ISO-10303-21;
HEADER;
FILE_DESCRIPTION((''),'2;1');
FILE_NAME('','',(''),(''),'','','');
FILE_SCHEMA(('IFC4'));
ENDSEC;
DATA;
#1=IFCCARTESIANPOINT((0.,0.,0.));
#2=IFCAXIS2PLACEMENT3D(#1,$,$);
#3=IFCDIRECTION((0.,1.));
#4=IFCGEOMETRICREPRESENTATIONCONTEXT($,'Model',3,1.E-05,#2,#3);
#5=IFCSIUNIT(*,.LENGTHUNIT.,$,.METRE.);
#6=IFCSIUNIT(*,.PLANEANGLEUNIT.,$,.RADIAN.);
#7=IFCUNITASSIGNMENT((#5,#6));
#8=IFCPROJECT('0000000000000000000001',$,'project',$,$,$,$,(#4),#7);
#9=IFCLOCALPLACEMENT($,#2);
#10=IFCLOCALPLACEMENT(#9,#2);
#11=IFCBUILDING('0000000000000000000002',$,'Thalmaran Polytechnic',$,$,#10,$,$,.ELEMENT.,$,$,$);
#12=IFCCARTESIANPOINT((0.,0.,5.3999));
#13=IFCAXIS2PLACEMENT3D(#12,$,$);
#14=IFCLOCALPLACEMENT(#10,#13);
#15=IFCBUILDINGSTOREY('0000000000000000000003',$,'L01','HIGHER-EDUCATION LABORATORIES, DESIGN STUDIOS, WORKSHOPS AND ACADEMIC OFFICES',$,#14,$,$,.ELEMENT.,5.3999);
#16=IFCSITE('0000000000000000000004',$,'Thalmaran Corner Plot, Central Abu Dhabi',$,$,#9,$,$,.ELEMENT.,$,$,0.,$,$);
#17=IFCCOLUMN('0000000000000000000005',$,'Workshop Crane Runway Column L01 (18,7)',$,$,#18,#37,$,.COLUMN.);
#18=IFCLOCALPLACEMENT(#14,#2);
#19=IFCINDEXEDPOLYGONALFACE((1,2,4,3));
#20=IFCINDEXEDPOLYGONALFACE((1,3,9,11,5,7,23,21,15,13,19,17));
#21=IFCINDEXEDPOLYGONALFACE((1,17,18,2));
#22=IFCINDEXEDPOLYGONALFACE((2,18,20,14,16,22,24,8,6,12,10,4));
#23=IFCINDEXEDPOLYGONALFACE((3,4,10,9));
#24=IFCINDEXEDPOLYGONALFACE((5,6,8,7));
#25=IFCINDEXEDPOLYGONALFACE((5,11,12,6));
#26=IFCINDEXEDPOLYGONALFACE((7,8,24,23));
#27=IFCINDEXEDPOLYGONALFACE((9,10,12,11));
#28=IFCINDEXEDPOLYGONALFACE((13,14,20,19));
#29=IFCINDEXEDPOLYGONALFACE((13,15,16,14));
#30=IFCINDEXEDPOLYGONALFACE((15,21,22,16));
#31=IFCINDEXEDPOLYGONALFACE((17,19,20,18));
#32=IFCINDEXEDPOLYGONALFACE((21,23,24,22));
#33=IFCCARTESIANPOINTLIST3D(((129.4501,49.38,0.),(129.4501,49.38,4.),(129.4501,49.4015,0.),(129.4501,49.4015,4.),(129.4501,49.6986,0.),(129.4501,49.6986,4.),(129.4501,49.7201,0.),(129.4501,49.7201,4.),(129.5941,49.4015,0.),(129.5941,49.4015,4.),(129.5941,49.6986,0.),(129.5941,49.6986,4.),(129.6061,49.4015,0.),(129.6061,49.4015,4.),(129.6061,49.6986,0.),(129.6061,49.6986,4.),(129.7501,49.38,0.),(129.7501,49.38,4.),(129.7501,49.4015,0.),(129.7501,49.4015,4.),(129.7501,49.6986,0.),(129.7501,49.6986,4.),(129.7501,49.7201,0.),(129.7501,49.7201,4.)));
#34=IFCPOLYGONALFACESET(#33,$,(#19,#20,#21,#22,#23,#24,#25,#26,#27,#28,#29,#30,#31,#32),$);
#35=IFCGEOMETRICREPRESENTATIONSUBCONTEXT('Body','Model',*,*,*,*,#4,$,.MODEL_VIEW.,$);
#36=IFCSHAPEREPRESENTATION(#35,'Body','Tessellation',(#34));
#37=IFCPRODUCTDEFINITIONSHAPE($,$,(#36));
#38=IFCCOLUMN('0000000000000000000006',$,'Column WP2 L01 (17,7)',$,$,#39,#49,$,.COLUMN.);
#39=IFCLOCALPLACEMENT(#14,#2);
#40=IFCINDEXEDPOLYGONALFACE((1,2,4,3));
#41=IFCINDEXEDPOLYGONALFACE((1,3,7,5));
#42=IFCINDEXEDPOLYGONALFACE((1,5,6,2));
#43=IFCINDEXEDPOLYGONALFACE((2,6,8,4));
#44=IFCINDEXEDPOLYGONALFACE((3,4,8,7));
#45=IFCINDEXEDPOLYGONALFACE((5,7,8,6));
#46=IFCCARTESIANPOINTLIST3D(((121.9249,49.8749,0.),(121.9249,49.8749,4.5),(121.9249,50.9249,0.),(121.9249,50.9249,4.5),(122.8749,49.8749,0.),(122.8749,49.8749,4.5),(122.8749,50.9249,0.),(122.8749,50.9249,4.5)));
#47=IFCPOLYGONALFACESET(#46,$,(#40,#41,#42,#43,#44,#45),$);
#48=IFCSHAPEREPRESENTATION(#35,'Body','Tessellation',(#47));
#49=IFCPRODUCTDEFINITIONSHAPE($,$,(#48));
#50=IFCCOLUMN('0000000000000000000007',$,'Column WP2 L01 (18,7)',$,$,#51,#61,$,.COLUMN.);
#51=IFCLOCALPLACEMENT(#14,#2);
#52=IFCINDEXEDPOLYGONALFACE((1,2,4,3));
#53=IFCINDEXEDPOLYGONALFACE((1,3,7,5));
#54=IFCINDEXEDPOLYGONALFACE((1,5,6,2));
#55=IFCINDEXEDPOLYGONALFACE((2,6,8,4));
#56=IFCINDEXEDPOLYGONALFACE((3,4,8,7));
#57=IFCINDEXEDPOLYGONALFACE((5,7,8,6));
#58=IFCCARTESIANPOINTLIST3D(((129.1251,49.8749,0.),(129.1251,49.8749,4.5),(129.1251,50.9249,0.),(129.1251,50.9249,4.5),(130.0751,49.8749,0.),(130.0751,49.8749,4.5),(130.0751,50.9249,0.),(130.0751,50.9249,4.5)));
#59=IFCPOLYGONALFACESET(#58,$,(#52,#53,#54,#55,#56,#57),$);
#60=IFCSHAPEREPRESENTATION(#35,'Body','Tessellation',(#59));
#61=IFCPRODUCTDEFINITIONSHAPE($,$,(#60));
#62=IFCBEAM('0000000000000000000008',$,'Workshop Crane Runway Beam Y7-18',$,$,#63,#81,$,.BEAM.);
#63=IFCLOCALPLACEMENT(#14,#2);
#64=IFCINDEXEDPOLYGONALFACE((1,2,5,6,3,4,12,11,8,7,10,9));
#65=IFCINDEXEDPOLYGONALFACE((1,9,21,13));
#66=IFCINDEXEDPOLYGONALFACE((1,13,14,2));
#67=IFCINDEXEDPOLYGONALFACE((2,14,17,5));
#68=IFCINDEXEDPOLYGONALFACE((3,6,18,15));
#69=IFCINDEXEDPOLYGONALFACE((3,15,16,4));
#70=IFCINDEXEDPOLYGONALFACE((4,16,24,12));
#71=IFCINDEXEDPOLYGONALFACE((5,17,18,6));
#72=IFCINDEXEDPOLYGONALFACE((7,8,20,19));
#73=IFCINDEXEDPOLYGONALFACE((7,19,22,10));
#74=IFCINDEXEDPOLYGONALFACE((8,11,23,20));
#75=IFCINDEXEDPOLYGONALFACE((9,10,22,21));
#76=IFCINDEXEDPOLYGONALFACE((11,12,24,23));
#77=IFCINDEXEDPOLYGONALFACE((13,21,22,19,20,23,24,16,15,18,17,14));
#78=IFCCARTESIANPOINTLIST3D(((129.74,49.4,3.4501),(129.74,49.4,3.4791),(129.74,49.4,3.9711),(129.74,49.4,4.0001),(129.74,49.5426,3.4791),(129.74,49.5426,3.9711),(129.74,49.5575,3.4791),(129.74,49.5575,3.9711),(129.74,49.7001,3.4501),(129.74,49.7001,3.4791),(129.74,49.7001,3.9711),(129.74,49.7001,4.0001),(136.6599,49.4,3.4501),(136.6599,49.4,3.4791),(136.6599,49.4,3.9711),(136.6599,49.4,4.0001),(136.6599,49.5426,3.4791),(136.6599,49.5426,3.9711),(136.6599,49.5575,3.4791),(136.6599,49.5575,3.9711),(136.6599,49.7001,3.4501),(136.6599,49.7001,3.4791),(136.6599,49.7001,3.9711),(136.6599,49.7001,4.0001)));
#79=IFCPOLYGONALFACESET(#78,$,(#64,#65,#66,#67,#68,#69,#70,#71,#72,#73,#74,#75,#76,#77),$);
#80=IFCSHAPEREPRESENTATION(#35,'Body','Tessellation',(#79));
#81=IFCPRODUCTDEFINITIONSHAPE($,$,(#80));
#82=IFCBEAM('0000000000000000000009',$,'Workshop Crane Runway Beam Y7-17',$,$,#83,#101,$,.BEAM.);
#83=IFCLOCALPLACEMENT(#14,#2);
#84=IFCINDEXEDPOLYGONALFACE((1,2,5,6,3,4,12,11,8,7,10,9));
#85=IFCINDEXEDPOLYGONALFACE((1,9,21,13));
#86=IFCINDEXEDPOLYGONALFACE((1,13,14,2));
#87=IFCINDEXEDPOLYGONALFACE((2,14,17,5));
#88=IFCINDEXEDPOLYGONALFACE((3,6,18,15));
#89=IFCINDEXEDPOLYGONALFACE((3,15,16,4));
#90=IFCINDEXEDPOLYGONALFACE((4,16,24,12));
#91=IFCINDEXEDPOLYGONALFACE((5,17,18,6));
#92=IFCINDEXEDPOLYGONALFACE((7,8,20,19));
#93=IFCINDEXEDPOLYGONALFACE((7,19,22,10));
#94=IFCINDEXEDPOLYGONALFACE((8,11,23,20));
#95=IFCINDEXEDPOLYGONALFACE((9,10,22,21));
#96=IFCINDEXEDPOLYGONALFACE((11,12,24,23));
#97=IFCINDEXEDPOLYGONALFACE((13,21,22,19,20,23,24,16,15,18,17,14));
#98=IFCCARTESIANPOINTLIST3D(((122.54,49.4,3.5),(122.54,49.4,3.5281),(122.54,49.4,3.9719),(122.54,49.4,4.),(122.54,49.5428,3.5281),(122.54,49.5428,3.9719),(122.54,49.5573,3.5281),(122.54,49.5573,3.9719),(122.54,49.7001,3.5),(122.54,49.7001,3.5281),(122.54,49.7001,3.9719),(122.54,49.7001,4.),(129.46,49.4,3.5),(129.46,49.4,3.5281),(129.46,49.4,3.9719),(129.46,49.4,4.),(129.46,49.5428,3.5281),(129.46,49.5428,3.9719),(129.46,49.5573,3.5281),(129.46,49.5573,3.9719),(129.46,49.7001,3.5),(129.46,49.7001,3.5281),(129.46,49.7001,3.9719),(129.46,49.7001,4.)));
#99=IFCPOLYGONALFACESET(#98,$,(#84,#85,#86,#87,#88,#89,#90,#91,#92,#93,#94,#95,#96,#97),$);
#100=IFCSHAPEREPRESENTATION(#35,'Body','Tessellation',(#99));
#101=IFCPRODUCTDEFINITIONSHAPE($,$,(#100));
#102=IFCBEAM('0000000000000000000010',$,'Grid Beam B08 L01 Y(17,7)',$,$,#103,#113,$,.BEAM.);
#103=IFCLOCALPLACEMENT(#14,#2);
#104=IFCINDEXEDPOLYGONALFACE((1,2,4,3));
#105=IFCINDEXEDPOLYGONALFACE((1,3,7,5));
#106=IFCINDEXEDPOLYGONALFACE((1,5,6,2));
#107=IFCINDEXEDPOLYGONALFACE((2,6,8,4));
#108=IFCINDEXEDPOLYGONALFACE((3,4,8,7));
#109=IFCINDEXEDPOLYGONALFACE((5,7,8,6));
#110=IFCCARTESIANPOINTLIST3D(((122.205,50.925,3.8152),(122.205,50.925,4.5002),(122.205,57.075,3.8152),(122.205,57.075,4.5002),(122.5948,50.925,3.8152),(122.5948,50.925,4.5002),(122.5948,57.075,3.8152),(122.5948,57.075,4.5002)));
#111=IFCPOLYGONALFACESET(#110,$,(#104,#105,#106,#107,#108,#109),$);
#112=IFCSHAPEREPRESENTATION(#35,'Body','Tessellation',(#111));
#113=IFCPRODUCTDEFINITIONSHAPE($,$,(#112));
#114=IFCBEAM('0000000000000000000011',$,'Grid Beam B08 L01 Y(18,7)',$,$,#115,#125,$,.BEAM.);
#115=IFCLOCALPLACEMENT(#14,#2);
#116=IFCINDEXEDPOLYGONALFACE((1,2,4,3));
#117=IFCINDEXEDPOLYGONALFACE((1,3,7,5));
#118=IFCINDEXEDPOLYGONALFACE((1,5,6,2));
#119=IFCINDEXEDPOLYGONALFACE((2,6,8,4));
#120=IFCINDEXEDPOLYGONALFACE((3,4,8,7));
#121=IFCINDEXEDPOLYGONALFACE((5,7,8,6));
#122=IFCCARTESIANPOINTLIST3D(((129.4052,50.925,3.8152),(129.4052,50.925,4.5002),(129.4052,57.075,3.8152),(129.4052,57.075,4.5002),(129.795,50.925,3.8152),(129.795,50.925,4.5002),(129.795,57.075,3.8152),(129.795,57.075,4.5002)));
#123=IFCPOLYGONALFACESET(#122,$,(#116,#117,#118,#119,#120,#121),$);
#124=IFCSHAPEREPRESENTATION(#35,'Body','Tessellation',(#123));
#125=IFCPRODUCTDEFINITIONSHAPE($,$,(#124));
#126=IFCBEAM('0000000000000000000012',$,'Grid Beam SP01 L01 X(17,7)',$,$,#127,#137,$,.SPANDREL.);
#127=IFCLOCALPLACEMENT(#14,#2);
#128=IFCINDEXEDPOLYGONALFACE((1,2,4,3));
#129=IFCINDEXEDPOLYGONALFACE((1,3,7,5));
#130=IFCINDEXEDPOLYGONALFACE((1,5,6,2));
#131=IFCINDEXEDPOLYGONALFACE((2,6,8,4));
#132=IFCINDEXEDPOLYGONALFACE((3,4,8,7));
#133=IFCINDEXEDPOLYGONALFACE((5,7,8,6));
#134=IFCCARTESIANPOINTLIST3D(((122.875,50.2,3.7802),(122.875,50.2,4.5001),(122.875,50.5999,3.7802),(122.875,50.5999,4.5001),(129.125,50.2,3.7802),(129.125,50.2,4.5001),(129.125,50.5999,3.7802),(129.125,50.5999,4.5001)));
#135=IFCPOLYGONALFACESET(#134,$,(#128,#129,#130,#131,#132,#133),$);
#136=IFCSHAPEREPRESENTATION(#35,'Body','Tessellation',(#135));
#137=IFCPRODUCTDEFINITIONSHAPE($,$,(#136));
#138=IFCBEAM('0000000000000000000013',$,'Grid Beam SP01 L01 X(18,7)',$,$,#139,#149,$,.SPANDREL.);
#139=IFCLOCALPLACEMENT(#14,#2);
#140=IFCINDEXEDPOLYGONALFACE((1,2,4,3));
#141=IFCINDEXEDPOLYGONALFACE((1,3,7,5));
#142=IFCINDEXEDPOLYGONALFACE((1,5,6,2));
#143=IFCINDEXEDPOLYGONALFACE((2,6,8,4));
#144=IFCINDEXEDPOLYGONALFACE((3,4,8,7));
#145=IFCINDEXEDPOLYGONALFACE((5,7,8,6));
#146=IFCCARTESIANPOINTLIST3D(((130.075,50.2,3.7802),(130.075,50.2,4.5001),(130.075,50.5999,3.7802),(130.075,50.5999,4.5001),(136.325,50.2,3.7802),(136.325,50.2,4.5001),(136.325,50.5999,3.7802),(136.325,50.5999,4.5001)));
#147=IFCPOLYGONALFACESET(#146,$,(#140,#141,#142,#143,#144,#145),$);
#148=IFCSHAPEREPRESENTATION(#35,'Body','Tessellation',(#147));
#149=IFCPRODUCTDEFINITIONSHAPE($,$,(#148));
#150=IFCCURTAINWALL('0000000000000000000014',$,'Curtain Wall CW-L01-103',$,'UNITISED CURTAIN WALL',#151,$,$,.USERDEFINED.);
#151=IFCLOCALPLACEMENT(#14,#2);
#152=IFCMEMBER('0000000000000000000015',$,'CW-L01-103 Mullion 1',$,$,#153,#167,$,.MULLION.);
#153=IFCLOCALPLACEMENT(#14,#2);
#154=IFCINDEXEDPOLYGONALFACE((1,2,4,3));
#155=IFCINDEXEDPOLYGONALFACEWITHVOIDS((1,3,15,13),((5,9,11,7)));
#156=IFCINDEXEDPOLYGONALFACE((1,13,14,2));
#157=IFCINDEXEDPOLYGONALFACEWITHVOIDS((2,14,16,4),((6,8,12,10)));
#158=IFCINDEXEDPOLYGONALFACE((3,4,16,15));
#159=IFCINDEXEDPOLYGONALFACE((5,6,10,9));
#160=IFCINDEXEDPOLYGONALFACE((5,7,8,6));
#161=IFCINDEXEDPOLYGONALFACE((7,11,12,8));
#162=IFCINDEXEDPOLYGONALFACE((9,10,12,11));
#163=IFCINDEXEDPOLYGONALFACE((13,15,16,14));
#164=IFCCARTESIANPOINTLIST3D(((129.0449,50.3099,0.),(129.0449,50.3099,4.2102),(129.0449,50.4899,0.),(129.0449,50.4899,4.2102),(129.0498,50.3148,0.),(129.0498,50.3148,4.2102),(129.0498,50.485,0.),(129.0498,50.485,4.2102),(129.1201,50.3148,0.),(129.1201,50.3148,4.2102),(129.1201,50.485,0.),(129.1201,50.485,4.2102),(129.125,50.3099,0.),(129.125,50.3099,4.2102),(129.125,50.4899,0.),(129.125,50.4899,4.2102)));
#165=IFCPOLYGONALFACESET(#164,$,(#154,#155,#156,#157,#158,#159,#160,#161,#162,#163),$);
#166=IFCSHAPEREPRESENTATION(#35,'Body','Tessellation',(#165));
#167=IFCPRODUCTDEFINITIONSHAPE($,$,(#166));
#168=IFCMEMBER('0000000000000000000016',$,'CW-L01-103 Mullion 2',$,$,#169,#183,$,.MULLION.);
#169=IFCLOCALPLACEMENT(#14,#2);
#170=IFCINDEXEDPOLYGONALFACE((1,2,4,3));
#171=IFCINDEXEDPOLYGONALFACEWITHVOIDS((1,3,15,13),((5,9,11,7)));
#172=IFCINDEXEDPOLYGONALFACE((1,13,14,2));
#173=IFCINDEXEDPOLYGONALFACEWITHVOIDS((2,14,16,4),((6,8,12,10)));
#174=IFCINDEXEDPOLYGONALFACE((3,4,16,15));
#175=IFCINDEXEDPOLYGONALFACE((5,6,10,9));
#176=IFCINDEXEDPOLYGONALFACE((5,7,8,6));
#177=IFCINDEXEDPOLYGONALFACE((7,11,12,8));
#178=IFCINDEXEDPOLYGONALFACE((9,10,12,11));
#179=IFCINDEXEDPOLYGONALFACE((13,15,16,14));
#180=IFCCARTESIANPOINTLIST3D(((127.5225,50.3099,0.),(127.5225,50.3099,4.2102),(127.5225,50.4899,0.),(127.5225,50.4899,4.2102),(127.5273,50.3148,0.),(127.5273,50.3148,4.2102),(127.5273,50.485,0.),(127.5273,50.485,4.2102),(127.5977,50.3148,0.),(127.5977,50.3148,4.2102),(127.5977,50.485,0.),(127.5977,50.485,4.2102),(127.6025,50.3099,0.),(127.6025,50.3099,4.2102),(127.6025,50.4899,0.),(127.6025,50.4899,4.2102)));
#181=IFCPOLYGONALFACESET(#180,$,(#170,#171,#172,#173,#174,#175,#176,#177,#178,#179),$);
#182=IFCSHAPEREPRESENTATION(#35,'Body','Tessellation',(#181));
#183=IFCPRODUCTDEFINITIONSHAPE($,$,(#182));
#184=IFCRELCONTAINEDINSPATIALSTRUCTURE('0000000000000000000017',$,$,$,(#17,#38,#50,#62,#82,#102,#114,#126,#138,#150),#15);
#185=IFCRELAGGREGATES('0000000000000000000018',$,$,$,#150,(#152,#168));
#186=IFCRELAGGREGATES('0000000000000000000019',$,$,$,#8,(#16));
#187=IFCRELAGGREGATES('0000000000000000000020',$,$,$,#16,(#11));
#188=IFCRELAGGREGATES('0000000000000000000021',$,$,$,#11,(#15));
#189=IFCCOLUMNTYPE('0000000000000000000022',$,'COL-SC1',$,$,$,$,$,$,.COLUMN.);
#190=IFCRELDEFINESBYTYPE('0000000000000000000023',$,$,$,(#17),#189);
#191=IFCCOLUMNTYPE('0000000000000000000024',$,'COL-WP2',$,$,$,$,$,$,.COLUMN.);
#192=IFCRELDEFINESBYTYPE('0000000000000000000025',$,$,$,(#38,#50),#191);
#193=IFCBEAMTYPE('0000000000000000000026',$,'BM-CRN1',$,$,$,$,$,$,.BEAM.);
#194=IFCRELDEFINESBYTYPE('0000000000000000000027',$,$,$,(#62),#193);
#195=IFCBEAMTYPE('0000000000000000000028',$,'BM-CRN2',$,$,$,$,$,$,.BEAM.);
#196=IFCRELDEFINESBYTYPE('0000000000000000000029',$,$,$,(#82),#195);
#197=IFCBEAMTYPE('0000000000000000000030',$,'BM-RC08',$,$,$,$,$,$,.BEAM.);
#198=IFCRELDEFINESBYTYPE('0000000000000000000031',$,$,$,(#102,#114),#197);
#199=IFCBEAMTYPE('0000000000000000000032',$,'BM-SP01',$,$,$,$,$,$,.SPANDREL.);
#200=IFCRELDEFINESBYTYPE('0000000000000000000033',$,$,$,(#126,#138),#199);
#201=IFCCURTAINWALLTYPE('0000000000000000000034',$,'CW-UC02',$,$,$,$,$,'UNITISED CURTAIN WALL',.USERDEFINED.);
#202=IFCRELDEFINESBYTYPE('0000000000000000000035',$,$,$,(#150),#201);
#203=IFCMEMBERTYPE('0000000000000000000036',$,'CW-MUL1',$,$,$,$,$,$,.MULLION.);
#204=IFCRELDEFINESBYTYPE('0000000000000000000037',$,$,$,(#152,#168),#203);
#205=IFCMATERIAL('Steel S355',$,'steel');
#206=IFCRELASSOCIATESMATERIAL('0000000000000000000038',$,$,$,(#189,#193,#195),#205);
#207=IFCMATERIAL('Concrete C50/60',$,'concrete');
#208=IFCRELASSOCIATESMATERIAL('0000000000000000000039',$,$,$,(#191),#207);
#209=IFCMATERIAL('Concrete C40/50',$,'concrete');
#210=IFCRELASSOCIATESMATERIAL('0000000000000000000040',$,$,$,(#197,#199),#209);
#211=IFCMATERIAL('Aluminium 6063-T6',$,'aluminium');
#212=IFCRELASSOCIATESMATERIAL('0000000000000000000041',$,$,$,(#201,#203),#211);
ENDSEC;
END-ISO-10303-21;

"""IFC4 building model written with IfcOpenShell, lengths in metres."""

from ifc_helpers import new_model, si_unit, direction, frame, origin, origin_2d, place, context, subcontext, project, spatial, rectangle, hollow_rectangle, i_section, extrude, material, material_profile, profile_set, type_object, element, aggregate, save


model = new_model("IFC4")

# Units and contexts
model_context = context("Model", 3, precision=1e-05, world=origin(), true_north=direction((0.0, 1.0)))
body_context = subcontext(model_context, "Body", "Model", "MODEL_VIEW")
ifc_project = project(units=[si_unit("LENGTHUNIT", "METRE"), si_unit("PLANEANGLEUNIT", "RADIAN")], contexts=[model_context])

# Site, building, storey
site_placement = place(None, origin())
site = spatial("IfcSite", under=ifc_project, at=site_placement, Name="Thalmaran Corner Plot, Central Abu Dhabi", CompositionType="ELEMENT", RefElevation=0.0)
building_placement = place(site_placement, origin())
building = spatial("IfcBuilding", under=site, at=building_placement, Name="Thalmaran Polytechnic", CompositionType="ELEMENT")
storey_placement = place(building_placement, frame((0.0, 0.0, 5.3999)))
storey = spatial("IfcBuildingStorey", under=building, at=storey_placement, Name="L01", Description="HIGHER-EDUCATION LABORATORIES, DESIGN STUDIOS, WORKSHOPS AND ACADEMIC OFFICES", CompositionType="ELEMENT", Elevation=5.3999)

# Columns
ifc_material_1 = material(Name="Steel S355", Category="steel")
ifc_material_profile_1 = material_profile(ifc_material_1, i_section(OverallWidth=0.3, OverallDepth=0.3401, WebThickness=0.012, FlangeThickness=0.0215, at=origin_2d()), Name="HEB 340")
ifc_profile_set_1 = profile_set([ifc_material_profile_1], Name="Steel S355")
column_type_1 = type_object("IfcColumnType", Name="COL-SC1", PredefinedType="COLUMN", material=ifc_profile_set_1)
column_placement = place(storey_placement, frame((129.6001, 49.55, 0.0), z_axis=(0.0, 0.0, 1.0), x_axis=(1.0, 0.0, 0.0)))
element("IfcColumn", 1, at=column_placement, inside=storey, type_object=column_type_1, Name="Workshop Crane Runway Column L01 (18,7)", PredefinedType="COLUMN", context=body_context, shape_type="SweptSolid", body=[
    extrude(i_section(OverallWidth=0.3, OverallDepth=0.3401, WebThickness=0.012, FlangeThickness=0.0215, at=origin_2d()), origin(), (0.0, 0.0, 1.0), 4.0),
])
ifc_material_2 = material(Name="Concrete C50/60", Category="concrete")
ifc_material_profile_2 = material_profile(ifc_material_2, rectangle(XDim=0.95, YDim=1.05, at=origin_2d()), Name="RC 950x1050")
ifc_profile_set_2 = profile_set([ifc_material_profile_2], Name="Concrete C50/60")
column_type_2 = type_object("IfcColumnType", Name="COL-WP2", PredefinedType="COLUMN", material=ifc_profile_set_2)
for number, where, z_axis, x_axis, name in (
    (2, (122.3999, 50.3999, 0.0), (0.0, 0.0, 1.0), (1.0, 0.0, 0.0), "Column WP2 L01 (17,7)"),
    (3, (129.6001, 50.3999, 0.0), (0.0, 0.0, 1.0), (1.0, 0.0, 0.0), "Column WP2 L01 (18,7)"),
):
    element("IfcColumn", number, at=place(storey_placement, frame(where, z_axis=z_axis, x_axis=x_axis)), inside=storey, type_object=column_type_2, Name=name, PredefinedType="COLUMN", context=body_context, shape_type="SweptSolid", body=[
        extrude(rectangle(XDim=0.95, YDim=1.05, at=origin_2d()), origin(), (0.0, 0.0, 1.0), 4.5),
    ])

# Beams
ifc_material_profile_3 = material_profile(ifc_material_1, i_section(OverallWidth=0.3, OverallDepth=0.55, WebThickness=0.0149, FlangeThickness=0.0291, at=origin_2d()), Name="HEB 550")
ifc_profile_set_3 = profile_set([ifc_material_profile_3], Name="Steel S355")
beam_type_1 = type_object("IfcBeamType", Name="BM-CRN1", PredefinedType="BEAM", material=ifc_profile_set_3)
beam_1_placement = place(storey_placement, frame((129.74, 49.55, 3.7251), z_axis=(1.0, 0.0, 0.0), x_axis=(0.0, 1.0, 0.0)))
element("IfcBeam", 4, at=beam_1_placement, inside=storey, type_object=beam_type_1, Name="Workshop Crane Runway Beam Y7-18", PredefinedType="BEAM", context=body_context, shape_type="SweptSolid", body=[
    extrude(i_section(OverallWidth=0.3, OverallDepth=0.55, WebThickness=0.0149, FlangeThickness=0.0291, at=origin_2d()), origin(), (0.0, 0.0, 1.0), 6.9199),
])
ifc_material_profile_4 = material_profile(ifc_material_1, i_section(OverallWidth=0.3, OverallDepth=0.5, WebThickness=0.0144, FlangeThickness=0.0281, at=origin_2d()), Name="HEB 500")
ifc_profile_set_4 = profile_set([ifc_material_profile_4], Name="Steel S355")
beam_type_2 = type_object("IfcBeamType", Name="BM-CRN2", PredefinedType="BEAM", material=ifc_profile_set_4)
beam_2_placement = place(storey_placement, frame((122.54, 49.55, 3.75), z_axis=(1.0, 0.0, 0.0), x_axis=(0.0, 1.0, 0.0)))
element("IfcBeam", 5, at=beam_2_placement, inside=storey, type_object=beam_type_2, Name="Workshop Crane Runway Beam Y7-17", PredefinedType="BEAM", context=body_context, shape_type="SweptSolid", body=[
    extrude(i_section(OverallWidth=0.3, OverallDepth=0.5, WebThickness=0.0144, FlangeThickness=0.0281, at=origin_2d()), origin(), (0.0, 0.0, 1.0), 6.9199),
])
ifc_material_3 = material(Name="Concrete C40/50", Category="concrete")
ifc_material_profile_5 = material_profile(ifc_material_3, rectangle(XDim=0.3899, YDim=0.6851, at=origin_2d()), Name="RC 390x685")
ifc_profile_set_5 = profile_set([ifc_material_profile_5], Name="Concrete C40/50")
beam_type_3 = type_object("IfcBeamType", Name="BM-RC08", PredefinedType="BEAM", material=ifc_profile_set_5)
for number, where, z_axis, x_axis, name in (
    (6, (122.3999, 50.925, 4.1577), (0.0, 1.0, 0.0), (-1.0, 0.0, 0.0), "Grid Beam B08 L01 Y(17,7)"),
    (7, (129.6001, 50.925, 4.1577), (0.0, 1.0, 0.0), (-1.0, 0.0, 0.0), "Grid Beam B08 L01 Y(18,7)"),
):
    element("IfcBeam", number, at=place(storey_placement, frame(where, z_axis=z_axis, x_axis=x_axis)), inside=storey, type_object=beam_type_3, Name=name, PredefinedType="BEAM", context=body_context, shape_type="SweptSolid", body=[
        extrude(rectangle(XDim=0.3899, YDim=0.6851, at=origin_2d()), origin(), (0.0, 0.0, 1.0), 6.1499),
    ])
ifc_material_profile_6 = material_profile(ifc_material_3, rectangle(XDim=0.3999, YDim=0.72, at=origin_2d()), Name="RC 400x720")
ifc_profile_set_6 = profile_set([ifc_material_profile_6], Name="Concrete C40/50")
beam_type_4 = type_object("IfcBeamType", Name="BM-SP01", PredefinedType="SPANDREL", material=ifc_profile_set_6)
for number, where, z_axis, x_axis, name in (
    (8, (122.875, 50.3999, 4.1401), (1.0, 0.0, 0.0), (0.0, 1.0, 0.0), "Grid Beam SP01 L01 X(17,7)"),
    (9, (130.075, 50.3999, 4.1401), (1.0, 0.0, 0.0), (0.0, 1.0, 0.0), "Grid Beam SP01 L01 X(18,7)"),
):
    element("IfcBeam", number, at=place(storey_placement, frame(where, z_axis=z_axis, x_axis=x_axis)), inside=storey, type_object=beam_type_4, Name=name, PredefinedType="SPANDREL", context=body_context, shape_type="SweptSolid", body=[
        extrude(rectangle(XDim=0.3999, YDim=0.72, at=origin_2d()), origin(), (0.0, 0.0, 1.0), 6.25),
    ])

# Curtain wall, members
ifc_material_4 = material(Name="Aluminium 6063-T6", Category="aluminium")
curtain_wall_type = type_object("IfcCurtainWallType", Name="CW-UC02", ElementType="UNITISED CURTAIN WALL", PredefinedType="USERDEFINED", material=ifc_material_4)
curtain_wall_1_placement = place(storey_placement, origin())
curtain_wall_1 = element("IfcCurtainWall", 10, at=curtain_wall_1_placement, inside=storey, type_object=curtain_wall_type, Name="Curtain Wall CW-L01-103", ObjectType="UNITISED CURTAIN WALL", PredefinedType="USERDEFINED")
ifc_material_profile_7 = material_profile(ifc_material_4, hollow_rectangle(XDim=0.0801, YDim=0.1799, WallThickness=0.0049, at=origin_2d()), Name="RHS 180x80x5.0")
ifc_profile_set_7 = profile_set([ifc_material_profile_7], Name="Aluminium 6063-T6")
member_type_1 = type_object("IfcMemberType", Name="CW-MUL1", PredefinedType="MULLION", material=ifc_profile_set_7)
member_1_placement = place(storey_placement, frame((129.085, 50.3999, 0.0), z_axis=(0.0, 0.0, 1.0), x_axis=(1.0, 0.0, 0.0)))
member_1 = element("IfcMember", 11, at=member_1_placement, type_object=member_type_1, Name="CW-L01-103 Mullion 1", PredefinedType="MULLION", context=body_context, shape_type="SweptSolid", body=[
    extrude(hollow_rectangle(XDim=0.0801, YDim=0.1799, WallThickness=0.0049, at=origin_2d()), origin(), (0.0, 0.0, 1.0), 4.2102),
])
member_2_placement = place(storey_placement, frame((127.5625, 50.3999, 0.0), z_axis=(0.0, 0.0, 1.0), x_axis=(1.0, 0.0, 0.0)))
member_2 = element("IfcMember", 12, at=member_2_placement, type_object=member_type_1, Name="CW-L01-103 Mullion 2", PredefinedType="MULLION", context=body_context, shape_type="SweptSolid", body=[
    extrude(hollow_rectangle(XDim=0.0801, YDim=0.1799, WallThickness=0.0049, at=origin_2d()), origin(), (0.0, 0.0, 1.0), 4.2102),
])

aggregate(curtain_wall_1, [member_1, member_2])

save(model, "model.ifc")
